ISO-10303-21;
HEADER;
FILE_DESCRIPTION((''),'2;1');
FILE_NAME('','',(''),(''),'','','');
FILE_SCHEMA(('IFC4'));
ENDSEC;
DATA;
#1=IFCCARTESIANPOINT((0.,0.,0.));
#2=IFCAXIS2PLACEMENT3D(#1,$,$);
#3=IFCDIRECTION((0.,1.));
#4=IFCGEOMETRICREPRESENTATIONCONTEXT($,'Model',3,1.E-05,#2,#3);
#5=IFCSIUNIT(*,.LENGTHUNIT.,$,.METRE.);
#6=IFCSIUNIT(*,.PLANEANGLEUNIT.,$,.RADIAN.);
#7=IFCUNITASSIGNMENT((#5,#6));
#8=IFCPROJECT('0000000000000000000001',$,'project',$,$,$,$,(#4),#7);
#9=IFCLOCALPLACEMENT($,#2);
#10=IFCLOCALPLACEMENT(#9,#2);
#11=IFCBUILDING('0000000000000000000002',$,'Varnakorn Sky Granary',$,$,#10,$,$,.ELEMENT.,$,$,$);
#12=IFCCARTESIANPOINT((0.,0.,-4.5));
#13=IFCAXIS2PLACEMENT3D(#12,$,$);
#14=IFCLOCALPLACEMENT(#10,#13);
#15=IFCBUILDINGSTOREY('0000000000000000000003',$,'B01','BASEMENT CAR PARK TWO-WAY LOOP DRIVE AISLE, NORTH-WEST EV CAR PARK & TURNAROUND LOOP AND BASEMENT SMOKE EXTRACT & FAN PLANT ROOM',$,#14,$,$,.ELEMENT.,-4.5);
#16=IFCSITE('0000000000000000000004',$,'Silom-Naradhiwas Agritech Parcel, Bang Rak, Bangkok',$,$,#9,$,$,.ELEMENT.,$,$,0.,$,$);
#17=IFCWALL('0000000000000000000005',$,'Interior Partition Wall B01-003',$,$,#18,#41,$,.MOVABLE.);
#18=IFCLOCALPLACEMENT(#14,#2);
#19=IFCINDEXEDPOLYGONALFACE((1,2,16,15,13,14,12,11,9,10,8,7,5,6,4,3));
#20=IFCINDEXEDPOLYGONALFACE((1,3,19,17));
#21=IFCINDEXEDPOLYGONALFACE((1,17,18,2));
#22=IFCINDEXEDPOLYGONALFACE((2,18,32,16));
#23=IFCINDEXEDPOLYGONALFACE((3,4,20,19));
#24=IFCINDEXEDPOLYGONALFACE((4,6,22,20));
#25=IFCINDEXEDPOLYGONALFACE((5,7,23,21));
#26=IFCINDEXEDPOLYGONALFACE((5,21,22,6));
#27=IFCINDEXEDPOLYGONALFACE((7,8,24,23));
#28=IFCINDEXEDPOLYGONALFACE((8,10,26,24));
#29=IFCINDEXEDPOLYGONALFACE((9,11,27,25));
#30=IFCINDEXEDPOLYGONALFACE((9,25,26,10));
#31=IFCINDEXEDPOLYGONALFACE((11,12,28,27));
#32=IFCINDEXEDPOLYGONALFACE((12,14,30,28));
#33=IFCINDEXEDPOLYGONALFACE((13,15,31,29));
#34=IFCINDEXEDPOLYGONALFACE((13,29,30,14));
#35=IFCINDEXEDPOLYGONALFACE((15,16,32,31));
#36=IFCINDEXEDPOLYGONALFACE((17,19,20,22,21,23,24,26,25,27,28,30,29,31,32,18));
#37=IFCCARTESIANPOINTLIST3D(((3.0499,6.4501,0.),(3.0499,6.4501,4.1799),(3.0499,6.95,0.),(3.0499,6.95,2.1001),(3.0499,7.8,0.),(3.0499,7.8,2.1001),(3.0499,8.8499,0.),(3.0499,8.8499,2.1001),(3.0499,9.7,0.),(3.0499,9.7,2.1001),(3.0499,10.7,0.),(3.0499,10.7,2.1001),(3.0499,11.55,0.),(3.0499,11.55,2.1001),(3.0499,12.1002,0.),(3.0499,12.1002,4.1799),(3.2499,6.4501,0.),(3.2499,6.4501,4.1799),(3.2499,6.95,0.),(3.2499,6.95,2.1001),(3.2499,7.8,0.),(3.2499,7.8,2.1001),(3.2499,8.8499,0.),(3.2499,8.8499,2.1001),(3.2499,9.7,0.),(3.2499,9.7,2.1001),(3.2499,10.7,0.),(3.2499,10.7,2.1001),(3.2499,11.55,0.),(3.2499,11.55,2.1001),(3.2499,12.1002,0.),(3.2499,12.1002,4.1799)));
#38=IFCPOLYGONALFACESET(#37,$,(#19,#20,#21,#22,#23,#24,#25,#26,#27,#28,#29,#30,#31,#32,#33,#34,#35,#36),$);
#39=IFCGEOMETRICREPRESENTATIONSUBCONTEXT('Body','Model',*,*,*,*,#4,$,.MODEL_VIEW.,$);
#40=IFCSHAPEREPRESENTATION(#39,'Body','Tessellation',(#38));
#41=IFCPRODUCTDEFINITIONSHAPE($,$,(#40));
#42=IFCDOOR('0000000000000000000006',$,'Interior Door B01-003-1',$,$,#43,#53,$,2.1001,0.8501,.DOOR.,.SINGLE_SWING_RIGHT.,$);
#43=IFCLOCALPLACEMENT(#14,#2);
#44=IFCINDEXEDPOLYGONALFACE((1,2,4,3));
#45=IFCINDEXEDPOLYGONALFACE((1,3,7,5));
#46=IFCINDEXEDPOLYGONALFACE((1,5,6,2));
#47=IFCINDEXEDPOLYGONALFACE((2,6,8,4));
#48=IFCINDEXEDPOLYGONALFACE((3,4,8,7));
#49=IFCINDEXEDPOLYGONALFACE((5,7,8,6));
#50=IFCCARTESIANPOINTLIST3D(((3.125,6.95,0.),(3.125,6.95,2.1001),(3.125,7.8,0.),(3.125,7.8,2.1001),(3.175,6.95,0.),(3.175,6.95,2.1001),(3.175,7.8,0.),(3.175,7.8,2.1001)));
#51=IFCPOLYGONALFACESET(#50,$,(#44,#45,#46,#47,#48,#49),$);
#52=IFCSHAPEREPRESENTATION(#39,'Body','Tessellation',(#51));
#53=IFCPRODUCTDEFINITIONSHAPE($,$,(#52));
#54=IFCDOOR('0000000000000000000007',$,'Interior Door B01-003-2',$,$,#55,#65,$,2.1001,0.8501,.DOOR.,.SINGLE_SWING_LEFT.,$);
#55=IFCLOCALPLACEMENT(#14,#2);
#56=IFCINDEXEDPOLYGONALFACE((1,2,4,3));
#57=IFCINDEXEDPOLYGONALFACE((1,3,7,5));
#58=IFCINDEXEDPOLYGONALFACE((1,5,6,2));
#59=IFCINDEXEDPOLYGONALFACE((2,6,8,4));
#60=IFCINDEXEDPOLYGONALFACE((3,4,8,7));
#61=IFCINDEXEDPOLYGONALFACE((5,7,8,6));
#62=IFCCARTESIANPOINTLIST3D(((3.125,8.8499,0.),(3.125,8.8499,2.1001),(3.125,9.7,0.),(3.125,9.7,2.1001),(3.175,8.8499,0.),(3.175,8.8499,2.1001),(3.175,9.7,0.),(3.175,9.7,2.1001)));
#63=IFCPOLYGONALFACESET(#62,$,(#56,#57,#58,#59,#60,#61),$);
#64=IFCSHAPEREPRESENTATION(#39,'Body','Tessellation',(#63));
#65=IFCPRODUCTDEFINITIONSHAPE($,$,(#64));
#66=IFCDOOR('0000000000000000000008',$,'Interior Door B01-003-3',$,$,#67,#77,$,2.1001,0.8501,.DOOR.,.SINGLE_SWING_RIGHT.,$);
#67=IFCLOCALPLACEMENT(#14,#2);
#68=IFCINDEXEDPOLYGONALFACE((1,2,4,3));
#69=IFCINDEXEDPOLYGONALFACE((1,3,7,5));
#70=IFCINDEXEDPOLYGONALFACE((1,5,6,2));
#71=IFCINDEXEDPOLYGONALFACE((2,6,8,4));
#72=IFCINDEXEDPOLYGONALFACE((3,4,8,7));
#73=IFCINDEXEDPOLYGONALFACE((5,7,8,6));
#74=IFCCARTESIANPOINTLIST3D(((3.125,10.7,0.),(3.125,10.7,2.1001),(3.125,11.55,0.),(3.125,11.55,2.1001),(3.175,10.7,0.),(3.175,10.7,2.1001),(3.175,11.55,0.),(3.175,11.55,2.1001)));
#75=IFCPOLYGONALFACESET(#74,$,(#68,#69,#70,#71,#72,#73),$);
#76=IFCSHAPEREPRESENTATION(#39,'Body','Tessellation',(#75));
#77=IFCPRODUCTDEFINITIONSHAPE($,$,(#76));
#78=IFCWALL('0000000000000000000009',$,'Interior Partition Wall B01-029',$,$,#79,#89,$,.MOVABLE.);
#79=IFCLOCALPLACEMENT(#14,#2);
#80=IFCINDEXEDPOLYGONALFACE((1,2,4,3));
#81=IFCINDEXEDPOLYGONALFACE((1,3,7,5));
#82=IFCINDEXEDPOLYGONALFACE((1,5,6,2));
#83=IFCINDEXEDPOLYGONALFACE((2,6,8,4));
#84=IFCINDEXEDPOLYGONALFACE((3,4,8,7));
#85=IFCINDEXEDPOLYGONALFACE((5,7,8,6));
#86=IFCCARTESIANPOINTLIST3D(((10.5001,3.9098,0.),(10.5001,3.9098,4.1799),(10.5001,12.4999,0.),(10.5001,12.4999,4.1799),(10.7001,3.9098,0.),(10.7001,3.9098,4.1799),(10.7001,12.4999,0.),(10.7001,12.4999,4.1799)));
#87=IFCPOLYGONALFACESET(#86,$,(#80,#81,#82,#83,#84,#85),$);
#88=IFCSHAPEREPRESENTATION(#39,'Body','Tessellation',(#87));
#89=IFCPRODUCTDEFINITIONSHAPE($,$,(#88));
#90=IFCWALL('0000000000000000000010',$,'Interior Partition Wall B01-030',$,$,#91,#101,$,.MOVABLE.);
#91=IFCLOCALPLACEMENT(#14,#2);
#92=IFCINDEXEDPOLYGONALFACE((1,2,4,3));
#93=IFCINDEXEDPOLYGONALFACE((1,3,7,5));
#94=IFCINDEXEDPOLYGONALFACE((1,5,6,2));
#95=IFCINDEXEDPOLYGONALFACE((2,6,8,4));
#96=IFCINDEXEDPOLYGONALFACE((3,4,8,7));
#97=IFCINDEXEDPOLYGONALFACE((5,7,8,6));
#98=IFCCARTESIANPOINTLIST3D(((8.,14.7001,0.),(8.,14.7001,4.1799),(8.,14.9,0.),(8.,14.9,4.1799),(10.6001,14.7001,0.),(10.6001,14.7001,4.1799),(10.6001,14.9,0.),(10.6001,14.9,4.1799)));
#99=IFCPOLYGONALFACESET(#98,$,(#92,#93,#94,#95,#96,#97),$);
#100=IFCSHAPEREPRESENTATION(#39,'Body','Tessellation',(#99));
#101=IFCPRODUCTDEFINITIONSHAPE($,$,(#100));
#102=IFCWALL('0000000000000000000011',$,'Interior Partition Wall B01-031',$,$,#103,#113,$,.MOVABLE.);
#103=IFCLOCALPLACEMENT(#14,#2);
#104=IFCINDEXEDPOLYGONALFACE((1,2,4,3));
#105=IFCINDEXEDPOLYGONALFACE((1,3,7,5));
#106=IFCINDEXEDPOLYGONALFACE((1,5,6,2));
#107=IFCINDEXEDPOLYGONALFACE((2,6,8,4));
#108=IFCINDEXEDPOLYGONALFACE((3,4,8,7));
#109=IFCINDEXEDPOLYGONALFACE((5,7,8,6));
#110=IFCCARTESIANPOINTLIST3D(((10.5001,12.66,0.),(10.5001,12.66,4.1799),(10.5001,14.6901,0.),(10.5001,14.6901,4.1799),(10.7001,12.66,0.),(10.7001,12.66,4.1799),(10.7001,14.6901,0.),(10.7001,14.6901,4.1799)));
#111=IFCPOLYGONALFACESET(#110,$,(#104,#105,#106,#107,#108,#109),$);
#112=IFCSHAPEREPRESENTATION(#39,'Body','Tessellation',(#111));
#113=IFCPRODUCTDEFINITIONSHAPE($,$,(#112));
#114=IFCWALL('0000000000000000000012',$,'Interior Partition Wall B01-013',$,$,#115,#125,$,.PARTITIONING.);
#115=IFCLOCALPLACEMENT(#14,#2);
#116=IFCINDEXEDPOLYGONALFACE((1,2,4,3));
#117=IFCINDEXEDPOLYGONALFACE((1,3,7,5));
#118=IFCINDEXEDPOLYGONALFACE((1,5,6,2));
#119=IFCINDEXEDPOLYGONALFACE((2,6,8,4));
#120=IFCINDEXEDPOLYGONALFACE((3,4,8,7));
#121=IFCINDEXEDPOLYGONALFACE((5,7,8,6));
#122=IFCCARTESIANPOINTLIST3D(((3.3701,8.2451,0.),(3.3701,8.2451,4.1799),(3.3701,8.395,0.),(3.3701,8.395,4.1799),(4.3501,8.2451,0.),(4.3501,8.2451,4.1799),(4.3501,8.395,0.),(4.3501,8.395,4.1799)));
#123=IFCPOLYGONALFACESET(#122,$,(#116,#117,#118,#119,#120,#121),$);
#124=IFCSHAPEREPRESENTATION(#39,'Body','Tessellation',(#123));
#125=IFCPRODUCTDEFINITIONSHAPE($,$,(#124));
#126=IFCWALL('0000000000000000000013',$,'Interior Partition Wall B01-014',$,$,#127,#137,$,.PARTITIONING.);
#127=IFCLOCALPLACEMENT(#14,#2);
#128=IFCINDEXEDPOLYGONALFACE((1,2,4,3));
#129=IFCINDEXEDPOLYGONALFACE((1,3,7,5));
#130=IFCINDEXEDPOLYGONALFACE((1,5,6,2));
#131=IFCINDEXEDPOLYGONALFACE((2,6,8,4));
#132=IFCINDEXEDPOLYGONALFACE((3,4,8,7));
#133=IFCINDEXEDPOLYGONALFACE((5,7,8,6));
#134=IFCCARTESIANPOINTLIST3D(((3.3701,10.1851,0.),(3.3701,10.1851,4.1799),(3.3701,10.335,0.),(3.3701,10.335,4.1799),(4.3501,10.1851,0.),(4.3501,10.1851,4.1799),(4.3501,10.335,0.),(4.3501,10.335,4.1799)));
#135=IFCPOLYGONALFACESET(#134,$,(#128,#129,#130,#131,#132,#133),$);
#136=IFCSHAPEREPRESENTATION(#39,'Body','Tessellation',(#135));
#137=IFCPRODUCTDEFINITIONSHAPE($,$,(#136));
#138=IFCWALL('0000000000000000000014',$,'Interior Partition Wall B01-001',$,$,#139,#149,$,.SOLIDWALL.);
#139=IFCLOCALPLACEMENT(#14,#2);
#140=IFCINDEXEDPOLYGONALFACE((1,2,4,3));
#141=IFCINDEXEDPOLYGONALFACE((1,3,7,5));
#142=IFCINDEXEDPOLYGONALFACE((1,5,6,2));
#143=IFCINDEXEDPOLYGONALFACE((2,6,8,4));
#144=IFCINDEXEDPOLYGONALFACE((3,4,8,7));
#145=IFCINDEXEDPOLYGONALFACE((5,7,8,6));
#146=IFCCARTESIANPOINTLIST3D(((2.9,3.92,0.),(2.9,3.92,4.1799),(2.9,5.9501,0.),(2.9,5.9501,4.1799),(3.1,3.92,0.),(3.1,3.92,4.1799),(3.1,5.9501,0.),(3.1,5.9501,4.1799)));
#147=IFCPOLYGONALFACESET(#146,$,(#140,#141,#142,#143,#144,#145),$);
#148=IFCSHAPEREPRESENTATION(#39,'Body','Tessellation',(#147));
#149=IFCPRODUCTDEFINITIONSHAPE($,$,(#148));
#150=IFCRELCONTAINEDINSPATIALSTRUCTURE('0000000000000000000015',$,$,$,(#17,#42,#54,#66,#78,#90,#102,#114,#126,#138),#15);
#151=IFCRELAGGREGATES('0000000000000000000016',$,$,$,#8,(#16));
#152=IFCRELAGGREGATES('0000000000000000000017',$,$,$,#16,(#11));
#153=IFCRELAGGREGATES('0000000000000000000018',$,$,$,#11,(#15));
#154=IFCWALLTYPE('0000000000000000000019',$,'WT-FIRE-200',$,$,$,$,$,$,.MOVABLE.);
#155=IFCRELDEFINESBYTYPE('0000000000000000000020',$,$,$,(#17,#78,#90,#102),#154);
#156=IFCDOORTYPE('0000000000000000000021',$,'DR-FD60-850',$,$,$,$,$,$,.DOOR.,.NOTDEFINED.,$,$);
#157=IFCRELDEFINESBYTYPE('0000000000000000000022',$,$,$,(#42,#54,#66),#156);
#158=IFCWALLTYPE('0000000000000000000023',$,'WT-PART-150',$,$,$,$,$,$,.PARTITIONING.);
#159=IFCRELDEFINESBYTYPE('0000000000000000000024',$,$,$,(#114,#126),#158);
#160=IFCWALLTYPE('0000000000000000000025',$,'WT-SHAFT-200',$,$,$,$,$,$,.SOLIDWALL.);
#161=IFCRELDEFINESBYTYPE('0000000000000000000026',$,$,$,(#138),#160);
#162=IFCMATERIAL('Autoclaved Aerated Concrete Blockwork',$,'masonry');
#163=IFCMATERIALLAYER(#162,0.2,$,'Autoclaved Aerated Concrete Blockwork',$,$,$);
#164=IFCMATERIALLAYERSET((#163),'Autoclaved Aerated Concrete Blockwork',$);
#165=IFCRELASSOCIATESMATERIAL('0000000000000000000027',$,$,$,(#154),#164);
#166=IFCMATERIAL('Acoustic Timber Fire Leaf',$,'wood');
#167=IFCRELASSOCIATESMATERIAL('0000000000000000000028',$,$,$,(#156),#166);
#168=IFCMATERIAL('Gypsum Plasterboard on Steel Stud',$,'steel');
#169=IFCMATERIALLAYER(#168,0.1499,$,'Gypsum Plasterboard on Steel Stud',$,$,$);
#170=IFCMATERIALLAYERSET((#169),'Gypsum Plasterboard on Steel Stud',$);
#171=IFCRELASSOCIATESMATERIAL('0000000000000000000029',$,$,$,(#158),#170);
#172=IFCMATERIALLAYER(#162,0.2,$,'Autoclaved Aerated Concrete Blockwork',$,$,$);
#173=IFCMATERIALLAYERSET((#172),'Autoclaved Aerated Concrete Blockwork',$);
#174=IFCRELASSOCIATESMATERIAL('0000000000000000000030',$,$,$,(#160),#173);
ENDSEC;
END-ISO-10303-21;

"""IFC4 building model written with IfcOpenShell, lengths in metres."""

from ifc_helpers import new_model, si_unit, direction, frame, frame_2d, origin, place, context, subcontext, project, spatial, rectangle, extrude, material, layer, layer_set, type_object, element, fill, save


model = new_model("IFC4")

# Units and contexts
model_context = context("Model", 3, precision=1e-05, world=origin(), true_north=direction((0.0, 1.0)))
body_context = subcontext(model_context, "Body", "Model", "MODEL_VIEW")
ifc_project = project(units=[si_unit("LENGTHUNIT", "METRE"), si_unit("PLANEANGLEUNIT", "RADIAN")], contexts=[model_context])

# Site, building, storey
site_placement = place(None, origin())
site = spatial("IfcSite", under=ifc_project, at=site_placement, Name="Silom-Naradhiwas Agritech Parcel, Bang Rak, Bangkok", CompositionType="ELEMENT", RefElevation=0.0)
building_placement = place(site_placement, origin())
building = spatial("IfcBuilding", under=site, at=building_placement, Name="Varnakorn Sky Granary", CompositionType="ELEMENT")
storey_placement = place(building_placement, frame((0.0, 0.0, -4.5)))
storey = spatial("IfcBuildingStorey", under=building, at=storey_placement, Name="B01", Description="BASEMENT CAR PARK TWO-WAY LOOP DRIVE AISLE, NORTH-WEST EV CAR PARK & TURNAROUND LOOP AND BASEMENT SMOKE EXTRACT & FAN PLANT ROOM", CompositionType="ELEMENT", Elevation=-4.5)

# Wall, openings, doors
ifc_material_1 = material(Name="Autoclaved Aerated Concrete Blockwork", Category="masonry")
ifc_layer_1 = layer(ifc_material_1, 0.2, Name="Autoclaved Aerated Concrete Blockwork")
ifc_layer_set_1 = layer_set([ifc_layer_1], Name="Autoclaved Aerated Concrete Blockwork")
wall_type_1 = type_object("IfcWallType", Name="WT-FIRE-200", PredefinedType="MOVABLE", material=ifc_layer_set_1)
wall_1_placement = place(storey_placement, frame((3.1499, 6.45, 0.0), z_axis=(0.0, 0.0, 1.0), x_axis=(0.0, 1.0, 0.0)))
wall_1 = element("IfcWall", 1, at=wall_1_placement, inside=storey, type_object=wall_type_1, Name="Interior Partition Wall B01-003", PredefinedType="MOVABLE", context=body_context, shape_type="SweptSolid", body=[
    extrude(rectangle(XDim=5.6501, YDim=0.2, at=frame_2d((2.8252, 0.0))), origin(), (0.0, 0.0, 1.0), 4.1799),
])
opening_1_placement = place(wall_1_placement, frame((0.5, 0.0, 0.0)))
opening_1 = element("IfcOpeningElement", 2, at=opening_1_placement, cuts=wall_1, PredefinedType="OPENING", context=body_context, shape_type="SweptSolid", body=[
    extrude(rectangle(XDim=0.8501, YDim=2.1001, at=frame_2d((0.425, 1.05))), frame((0.0, 0.1099, 0.0), z_axis=(0.0, -1.0, 0.0), x_axis=(1.0, 0.0, 0.0)), (0.0, 0.0, 1.0), 0.22),
])
opening_2_placement = place(wall_1_placement, frame((2.3999, 0.0, 0.0)))
opening_2 = element("IfcOpeningElement", 3, at=opening_2_placement, cuts=wall_1, PredefinedType="OPENING", context=body_context, shape_type="SweptSolid", body=[
    extrude(rectangle(XDim=0.8501, YDim=2.1001, at=frame_2d((0.425, 1.05))), frame((0.0, 0.1099, 0.0), z_axis=(0.0, -1.0, 0.0), x_axis=(1.0, 0.0, 0.0)), (0.0, 0.0, 1.0), 0.22),
])
opening_3_placement = place(wall_1_placement, frame((4.25, 0.0, 0.0)))
opening_3 = element("IfcOpeningElement", 4, at=opening_3_placement, cuts=wall_1, PredefinedType="OPENING", context=body_context, shape_type="SweptSolid", body=[
    extrude(rectangle(XDim=0.8501, YDim=2.1001, at=frame_2d((0.425, 1.05))), frame((0.0, 0.1099, 0.0), z_axis=(0.0, -1.0, 0.0), x_axis=(1.0, 0.0, 0.0)), (0.0, 0.0, 1.0), 0.22),
])
ifc_material_2 = material(Name="Acoustic Timber Fire Leaf", Category="wood")
door_type = type_object("IfcDoorType", Name="DR-FD60-850", OperationType="NOTDEFINED", PredefinedType="DOOR", material=ifc_material_2)
door_1_placement = place(opening_1_placement, origin())
door_1 = element("IfcDoor", 5, at=door_1_placement, inside=storey, type_object=door_type, Name="Interior Door B01-003-1", OperationType="SINGLE_SWING_RIGHT", OverallHeight=2.1001, OverallWidth=0.8501, PredefinedType="DOOR", context=body_context, shape_type="SweptSolid", body=[
    extrude(rectangle(XDim=0.8501, YDim=2.1001, at=frame_2d((0.425, 1.05))), frame((0.0, 0.0249, 0.0), z_axis=(0.0, -1.0, 0.0), x_axis=(1.0, 0.0, 0.0)), (0.0, 0.0, 1.0), 0.05),
])
fill(opening_1, door_1)
door_2_placement = place(opening_2_placement, origin())
door_2 = element("IfcDoor", 6, at=door_2_placement, inside=storey, type_object=door_type, Name="Interior Door B01-003-2", OperationType="SINGLE_SWING_LEFT", OverallHeight=2.1001, OverallWidth=0.8501, PredefinedType="DOOR", context=body_context, shape_type="SweptSolid", body=[
    extrude(rectangle(XDim=0.8501, YDim=2.1001, at=frame_2d((0.425, 1.05))), frame((0.0, 0.0249, 0.0), z_axis=(0.0, -1.0, 0.0), x_axis=(1.0, 0.0, 0.0)), (0.0, 0.0, 1.0), 0.05),
])
fill(opening_2, door_2)
door_3_placement = place(opening_3_placement, origin())
door_3 = element("IfcDoor", 7, at=door_3_placement, inside=storey, type_object=door_type, Name="Interior Door B01-003-3", OperationType="SINGLE_SWING_RIGHT", OverallHeight=2.1001, OverallWidth=0.8501, PredefinedType="DOOR", context=body_context, shape_type="SweptSolid", body=[
    extrude(rectangle(XDim=0.8501, YDim=2.1001, at=frame_2d((0.425, 1.05))), frame((0.0, 0.0249, 0.0), z_axis=(0.0, -1.0, 0.0), x_axis=(1.0, 0.0, 0.0)), (0.0, 0.0, 1.0), 0.05),
])
fill(opening_3, door_3)

# Walls
wall_2_placement = place(storey_placement, frame((10.6001, 3.9099, 0.0), z_axis=(0.0, 0.0, 1.0), x_axis=(0.0, 1.0, 0.0)))
element("IfcWall", 8, at=wall_2_placement, inside=storey, type_object=wall_type_1, Name="Interior Partition Wall B01-029", PredefinedType="MOVABLE", context=body_context, shape_type="SweptSolid", body=[
    extrude(rectangle(XDim=8.5901, YDim=0.2, at=frame_2d((4.2949, 0.0))), origin(), (0.0, 0.0, 1.0), 4.1799),
])
wall_3_placement = place(storey_placement, frame((10.6001, 14.8, 0.0), z_axis=(0.0, 0.0, 1.0), x_axis=(-1.0, 0.0, 0.0)))
element("IfcWall", 9, at=wall_3_placement, inside=storey, type_object=wall_type_1, Name="Interior Partition Wall B01-030", PredefinedType="MOVABLE", context=body_context, shape_type="SweptSolid", body=[
    extrude(rectangle(XDim=2.6001, YDim=0.2, at=frame_2d((1.3, 0.0))), origin(), (0.0, 0.0, 1.0), 4.1799),
])
wall_4_placement = place(storey_placement, frame((10.6001, 12.6599, 0.0), z_axis=(0.0, 0.0, 1.0), x_axis=(0.0, 1.0, 0.0)))
element("IfcWall", 10, at=wall_4_placement, inside=storey, type_object=wall_type_1, Name="Interior Partition Wall B01-031", PredefinedType="MOVABLE", context=body_context, shape_type="SweptSolid", body=[
    extrude(rectangle(XDim=2.03, YDim=0.2, at=frame_2d((1.0151, 0.0))), origin(), (0.0, 0.0, 1.0), 4.1799),
])
ifc_material_3 = material(Name="Gypsum Plasterboard on Steel Stud", Category="steel")
ifc_layer_2 = layer(ifc_material_3, 0.1499, Name="Gypsum Plasterboard on Steel Stud")
ifc_layer_set_2 = layer_set([ifc_layer_2], Name="Gypsum Plasterboard on Steel Stud")
wall_type_2 = type_object("IfcWallType", Name="WT-PART-150", PredefinedType="PARTITIONING", material=ifc_layer_set_2)
for number, where, z_axis, x_axis, name in (
    (11, (3.3701, 8.3201, 0.0), (0.0, 0.0, 1.0), (1.0, 0.0, 0.0), "Interior Partition Wall B01-013"),
    (12, (3.3701, 10.26, 0.0), (0.0, 0.0, 1.0), (1.0, 0.0, 0.0), "Interior Partition Wall B01-014"),
):
    element("IfcWall", number, at=place(storey_placement, frame(where, z_axis=z_axis, x_axis=x_axis)), inside=storey, type_object=wall_type_2, Name=name, PredefinedType="PARTITIONING", context=body_context, shape_type="SweptSolid", body=[
        extrude(rectangle(XDim=0.98, YDim=0.1499, at=frame_2d((0.49, 0.0))), origin(), (0.0, 0.0, 1.0), 4.1799),
    ])
ifc_layer_3 = layer(ifc_material_1, 0.2, Name="Autoclaved Aerated Concrete Blockwork")
ifc_layer_set_3 = layer_set([ifc_layer_3], Name="Autoclaved Aerated Concrete Blockwork")
wall_type_3 = type_object("IfcWallType", Name="WT-SHAFT-200", PredefinedType="SOLIDWALL", material=ifc_layer_set_3)
wall_5_placement = place(storey_placement, frame((3.0, 3.9199, 0.0), z_axis=(0.0, 0.0, 1.0), x_axis=(0.0, 1.0, 0.0)))
element("IfcWall", 13, at=wall_5_placement, inside=storey, type_object=wall_type_3, Name="Interior Partition Wall B01-001", PredefinedType="SOLIDWALL", context=body_context, shape_type="SweptSolid", body=[
    extrude(rectangle(XDim=2.03, YDim=0.2, at=frame_2d((1.0151, 0.0))), origin(), (0.0, 0.0, 1.0), 4.1799),
])

save(model, "model.ifc")
